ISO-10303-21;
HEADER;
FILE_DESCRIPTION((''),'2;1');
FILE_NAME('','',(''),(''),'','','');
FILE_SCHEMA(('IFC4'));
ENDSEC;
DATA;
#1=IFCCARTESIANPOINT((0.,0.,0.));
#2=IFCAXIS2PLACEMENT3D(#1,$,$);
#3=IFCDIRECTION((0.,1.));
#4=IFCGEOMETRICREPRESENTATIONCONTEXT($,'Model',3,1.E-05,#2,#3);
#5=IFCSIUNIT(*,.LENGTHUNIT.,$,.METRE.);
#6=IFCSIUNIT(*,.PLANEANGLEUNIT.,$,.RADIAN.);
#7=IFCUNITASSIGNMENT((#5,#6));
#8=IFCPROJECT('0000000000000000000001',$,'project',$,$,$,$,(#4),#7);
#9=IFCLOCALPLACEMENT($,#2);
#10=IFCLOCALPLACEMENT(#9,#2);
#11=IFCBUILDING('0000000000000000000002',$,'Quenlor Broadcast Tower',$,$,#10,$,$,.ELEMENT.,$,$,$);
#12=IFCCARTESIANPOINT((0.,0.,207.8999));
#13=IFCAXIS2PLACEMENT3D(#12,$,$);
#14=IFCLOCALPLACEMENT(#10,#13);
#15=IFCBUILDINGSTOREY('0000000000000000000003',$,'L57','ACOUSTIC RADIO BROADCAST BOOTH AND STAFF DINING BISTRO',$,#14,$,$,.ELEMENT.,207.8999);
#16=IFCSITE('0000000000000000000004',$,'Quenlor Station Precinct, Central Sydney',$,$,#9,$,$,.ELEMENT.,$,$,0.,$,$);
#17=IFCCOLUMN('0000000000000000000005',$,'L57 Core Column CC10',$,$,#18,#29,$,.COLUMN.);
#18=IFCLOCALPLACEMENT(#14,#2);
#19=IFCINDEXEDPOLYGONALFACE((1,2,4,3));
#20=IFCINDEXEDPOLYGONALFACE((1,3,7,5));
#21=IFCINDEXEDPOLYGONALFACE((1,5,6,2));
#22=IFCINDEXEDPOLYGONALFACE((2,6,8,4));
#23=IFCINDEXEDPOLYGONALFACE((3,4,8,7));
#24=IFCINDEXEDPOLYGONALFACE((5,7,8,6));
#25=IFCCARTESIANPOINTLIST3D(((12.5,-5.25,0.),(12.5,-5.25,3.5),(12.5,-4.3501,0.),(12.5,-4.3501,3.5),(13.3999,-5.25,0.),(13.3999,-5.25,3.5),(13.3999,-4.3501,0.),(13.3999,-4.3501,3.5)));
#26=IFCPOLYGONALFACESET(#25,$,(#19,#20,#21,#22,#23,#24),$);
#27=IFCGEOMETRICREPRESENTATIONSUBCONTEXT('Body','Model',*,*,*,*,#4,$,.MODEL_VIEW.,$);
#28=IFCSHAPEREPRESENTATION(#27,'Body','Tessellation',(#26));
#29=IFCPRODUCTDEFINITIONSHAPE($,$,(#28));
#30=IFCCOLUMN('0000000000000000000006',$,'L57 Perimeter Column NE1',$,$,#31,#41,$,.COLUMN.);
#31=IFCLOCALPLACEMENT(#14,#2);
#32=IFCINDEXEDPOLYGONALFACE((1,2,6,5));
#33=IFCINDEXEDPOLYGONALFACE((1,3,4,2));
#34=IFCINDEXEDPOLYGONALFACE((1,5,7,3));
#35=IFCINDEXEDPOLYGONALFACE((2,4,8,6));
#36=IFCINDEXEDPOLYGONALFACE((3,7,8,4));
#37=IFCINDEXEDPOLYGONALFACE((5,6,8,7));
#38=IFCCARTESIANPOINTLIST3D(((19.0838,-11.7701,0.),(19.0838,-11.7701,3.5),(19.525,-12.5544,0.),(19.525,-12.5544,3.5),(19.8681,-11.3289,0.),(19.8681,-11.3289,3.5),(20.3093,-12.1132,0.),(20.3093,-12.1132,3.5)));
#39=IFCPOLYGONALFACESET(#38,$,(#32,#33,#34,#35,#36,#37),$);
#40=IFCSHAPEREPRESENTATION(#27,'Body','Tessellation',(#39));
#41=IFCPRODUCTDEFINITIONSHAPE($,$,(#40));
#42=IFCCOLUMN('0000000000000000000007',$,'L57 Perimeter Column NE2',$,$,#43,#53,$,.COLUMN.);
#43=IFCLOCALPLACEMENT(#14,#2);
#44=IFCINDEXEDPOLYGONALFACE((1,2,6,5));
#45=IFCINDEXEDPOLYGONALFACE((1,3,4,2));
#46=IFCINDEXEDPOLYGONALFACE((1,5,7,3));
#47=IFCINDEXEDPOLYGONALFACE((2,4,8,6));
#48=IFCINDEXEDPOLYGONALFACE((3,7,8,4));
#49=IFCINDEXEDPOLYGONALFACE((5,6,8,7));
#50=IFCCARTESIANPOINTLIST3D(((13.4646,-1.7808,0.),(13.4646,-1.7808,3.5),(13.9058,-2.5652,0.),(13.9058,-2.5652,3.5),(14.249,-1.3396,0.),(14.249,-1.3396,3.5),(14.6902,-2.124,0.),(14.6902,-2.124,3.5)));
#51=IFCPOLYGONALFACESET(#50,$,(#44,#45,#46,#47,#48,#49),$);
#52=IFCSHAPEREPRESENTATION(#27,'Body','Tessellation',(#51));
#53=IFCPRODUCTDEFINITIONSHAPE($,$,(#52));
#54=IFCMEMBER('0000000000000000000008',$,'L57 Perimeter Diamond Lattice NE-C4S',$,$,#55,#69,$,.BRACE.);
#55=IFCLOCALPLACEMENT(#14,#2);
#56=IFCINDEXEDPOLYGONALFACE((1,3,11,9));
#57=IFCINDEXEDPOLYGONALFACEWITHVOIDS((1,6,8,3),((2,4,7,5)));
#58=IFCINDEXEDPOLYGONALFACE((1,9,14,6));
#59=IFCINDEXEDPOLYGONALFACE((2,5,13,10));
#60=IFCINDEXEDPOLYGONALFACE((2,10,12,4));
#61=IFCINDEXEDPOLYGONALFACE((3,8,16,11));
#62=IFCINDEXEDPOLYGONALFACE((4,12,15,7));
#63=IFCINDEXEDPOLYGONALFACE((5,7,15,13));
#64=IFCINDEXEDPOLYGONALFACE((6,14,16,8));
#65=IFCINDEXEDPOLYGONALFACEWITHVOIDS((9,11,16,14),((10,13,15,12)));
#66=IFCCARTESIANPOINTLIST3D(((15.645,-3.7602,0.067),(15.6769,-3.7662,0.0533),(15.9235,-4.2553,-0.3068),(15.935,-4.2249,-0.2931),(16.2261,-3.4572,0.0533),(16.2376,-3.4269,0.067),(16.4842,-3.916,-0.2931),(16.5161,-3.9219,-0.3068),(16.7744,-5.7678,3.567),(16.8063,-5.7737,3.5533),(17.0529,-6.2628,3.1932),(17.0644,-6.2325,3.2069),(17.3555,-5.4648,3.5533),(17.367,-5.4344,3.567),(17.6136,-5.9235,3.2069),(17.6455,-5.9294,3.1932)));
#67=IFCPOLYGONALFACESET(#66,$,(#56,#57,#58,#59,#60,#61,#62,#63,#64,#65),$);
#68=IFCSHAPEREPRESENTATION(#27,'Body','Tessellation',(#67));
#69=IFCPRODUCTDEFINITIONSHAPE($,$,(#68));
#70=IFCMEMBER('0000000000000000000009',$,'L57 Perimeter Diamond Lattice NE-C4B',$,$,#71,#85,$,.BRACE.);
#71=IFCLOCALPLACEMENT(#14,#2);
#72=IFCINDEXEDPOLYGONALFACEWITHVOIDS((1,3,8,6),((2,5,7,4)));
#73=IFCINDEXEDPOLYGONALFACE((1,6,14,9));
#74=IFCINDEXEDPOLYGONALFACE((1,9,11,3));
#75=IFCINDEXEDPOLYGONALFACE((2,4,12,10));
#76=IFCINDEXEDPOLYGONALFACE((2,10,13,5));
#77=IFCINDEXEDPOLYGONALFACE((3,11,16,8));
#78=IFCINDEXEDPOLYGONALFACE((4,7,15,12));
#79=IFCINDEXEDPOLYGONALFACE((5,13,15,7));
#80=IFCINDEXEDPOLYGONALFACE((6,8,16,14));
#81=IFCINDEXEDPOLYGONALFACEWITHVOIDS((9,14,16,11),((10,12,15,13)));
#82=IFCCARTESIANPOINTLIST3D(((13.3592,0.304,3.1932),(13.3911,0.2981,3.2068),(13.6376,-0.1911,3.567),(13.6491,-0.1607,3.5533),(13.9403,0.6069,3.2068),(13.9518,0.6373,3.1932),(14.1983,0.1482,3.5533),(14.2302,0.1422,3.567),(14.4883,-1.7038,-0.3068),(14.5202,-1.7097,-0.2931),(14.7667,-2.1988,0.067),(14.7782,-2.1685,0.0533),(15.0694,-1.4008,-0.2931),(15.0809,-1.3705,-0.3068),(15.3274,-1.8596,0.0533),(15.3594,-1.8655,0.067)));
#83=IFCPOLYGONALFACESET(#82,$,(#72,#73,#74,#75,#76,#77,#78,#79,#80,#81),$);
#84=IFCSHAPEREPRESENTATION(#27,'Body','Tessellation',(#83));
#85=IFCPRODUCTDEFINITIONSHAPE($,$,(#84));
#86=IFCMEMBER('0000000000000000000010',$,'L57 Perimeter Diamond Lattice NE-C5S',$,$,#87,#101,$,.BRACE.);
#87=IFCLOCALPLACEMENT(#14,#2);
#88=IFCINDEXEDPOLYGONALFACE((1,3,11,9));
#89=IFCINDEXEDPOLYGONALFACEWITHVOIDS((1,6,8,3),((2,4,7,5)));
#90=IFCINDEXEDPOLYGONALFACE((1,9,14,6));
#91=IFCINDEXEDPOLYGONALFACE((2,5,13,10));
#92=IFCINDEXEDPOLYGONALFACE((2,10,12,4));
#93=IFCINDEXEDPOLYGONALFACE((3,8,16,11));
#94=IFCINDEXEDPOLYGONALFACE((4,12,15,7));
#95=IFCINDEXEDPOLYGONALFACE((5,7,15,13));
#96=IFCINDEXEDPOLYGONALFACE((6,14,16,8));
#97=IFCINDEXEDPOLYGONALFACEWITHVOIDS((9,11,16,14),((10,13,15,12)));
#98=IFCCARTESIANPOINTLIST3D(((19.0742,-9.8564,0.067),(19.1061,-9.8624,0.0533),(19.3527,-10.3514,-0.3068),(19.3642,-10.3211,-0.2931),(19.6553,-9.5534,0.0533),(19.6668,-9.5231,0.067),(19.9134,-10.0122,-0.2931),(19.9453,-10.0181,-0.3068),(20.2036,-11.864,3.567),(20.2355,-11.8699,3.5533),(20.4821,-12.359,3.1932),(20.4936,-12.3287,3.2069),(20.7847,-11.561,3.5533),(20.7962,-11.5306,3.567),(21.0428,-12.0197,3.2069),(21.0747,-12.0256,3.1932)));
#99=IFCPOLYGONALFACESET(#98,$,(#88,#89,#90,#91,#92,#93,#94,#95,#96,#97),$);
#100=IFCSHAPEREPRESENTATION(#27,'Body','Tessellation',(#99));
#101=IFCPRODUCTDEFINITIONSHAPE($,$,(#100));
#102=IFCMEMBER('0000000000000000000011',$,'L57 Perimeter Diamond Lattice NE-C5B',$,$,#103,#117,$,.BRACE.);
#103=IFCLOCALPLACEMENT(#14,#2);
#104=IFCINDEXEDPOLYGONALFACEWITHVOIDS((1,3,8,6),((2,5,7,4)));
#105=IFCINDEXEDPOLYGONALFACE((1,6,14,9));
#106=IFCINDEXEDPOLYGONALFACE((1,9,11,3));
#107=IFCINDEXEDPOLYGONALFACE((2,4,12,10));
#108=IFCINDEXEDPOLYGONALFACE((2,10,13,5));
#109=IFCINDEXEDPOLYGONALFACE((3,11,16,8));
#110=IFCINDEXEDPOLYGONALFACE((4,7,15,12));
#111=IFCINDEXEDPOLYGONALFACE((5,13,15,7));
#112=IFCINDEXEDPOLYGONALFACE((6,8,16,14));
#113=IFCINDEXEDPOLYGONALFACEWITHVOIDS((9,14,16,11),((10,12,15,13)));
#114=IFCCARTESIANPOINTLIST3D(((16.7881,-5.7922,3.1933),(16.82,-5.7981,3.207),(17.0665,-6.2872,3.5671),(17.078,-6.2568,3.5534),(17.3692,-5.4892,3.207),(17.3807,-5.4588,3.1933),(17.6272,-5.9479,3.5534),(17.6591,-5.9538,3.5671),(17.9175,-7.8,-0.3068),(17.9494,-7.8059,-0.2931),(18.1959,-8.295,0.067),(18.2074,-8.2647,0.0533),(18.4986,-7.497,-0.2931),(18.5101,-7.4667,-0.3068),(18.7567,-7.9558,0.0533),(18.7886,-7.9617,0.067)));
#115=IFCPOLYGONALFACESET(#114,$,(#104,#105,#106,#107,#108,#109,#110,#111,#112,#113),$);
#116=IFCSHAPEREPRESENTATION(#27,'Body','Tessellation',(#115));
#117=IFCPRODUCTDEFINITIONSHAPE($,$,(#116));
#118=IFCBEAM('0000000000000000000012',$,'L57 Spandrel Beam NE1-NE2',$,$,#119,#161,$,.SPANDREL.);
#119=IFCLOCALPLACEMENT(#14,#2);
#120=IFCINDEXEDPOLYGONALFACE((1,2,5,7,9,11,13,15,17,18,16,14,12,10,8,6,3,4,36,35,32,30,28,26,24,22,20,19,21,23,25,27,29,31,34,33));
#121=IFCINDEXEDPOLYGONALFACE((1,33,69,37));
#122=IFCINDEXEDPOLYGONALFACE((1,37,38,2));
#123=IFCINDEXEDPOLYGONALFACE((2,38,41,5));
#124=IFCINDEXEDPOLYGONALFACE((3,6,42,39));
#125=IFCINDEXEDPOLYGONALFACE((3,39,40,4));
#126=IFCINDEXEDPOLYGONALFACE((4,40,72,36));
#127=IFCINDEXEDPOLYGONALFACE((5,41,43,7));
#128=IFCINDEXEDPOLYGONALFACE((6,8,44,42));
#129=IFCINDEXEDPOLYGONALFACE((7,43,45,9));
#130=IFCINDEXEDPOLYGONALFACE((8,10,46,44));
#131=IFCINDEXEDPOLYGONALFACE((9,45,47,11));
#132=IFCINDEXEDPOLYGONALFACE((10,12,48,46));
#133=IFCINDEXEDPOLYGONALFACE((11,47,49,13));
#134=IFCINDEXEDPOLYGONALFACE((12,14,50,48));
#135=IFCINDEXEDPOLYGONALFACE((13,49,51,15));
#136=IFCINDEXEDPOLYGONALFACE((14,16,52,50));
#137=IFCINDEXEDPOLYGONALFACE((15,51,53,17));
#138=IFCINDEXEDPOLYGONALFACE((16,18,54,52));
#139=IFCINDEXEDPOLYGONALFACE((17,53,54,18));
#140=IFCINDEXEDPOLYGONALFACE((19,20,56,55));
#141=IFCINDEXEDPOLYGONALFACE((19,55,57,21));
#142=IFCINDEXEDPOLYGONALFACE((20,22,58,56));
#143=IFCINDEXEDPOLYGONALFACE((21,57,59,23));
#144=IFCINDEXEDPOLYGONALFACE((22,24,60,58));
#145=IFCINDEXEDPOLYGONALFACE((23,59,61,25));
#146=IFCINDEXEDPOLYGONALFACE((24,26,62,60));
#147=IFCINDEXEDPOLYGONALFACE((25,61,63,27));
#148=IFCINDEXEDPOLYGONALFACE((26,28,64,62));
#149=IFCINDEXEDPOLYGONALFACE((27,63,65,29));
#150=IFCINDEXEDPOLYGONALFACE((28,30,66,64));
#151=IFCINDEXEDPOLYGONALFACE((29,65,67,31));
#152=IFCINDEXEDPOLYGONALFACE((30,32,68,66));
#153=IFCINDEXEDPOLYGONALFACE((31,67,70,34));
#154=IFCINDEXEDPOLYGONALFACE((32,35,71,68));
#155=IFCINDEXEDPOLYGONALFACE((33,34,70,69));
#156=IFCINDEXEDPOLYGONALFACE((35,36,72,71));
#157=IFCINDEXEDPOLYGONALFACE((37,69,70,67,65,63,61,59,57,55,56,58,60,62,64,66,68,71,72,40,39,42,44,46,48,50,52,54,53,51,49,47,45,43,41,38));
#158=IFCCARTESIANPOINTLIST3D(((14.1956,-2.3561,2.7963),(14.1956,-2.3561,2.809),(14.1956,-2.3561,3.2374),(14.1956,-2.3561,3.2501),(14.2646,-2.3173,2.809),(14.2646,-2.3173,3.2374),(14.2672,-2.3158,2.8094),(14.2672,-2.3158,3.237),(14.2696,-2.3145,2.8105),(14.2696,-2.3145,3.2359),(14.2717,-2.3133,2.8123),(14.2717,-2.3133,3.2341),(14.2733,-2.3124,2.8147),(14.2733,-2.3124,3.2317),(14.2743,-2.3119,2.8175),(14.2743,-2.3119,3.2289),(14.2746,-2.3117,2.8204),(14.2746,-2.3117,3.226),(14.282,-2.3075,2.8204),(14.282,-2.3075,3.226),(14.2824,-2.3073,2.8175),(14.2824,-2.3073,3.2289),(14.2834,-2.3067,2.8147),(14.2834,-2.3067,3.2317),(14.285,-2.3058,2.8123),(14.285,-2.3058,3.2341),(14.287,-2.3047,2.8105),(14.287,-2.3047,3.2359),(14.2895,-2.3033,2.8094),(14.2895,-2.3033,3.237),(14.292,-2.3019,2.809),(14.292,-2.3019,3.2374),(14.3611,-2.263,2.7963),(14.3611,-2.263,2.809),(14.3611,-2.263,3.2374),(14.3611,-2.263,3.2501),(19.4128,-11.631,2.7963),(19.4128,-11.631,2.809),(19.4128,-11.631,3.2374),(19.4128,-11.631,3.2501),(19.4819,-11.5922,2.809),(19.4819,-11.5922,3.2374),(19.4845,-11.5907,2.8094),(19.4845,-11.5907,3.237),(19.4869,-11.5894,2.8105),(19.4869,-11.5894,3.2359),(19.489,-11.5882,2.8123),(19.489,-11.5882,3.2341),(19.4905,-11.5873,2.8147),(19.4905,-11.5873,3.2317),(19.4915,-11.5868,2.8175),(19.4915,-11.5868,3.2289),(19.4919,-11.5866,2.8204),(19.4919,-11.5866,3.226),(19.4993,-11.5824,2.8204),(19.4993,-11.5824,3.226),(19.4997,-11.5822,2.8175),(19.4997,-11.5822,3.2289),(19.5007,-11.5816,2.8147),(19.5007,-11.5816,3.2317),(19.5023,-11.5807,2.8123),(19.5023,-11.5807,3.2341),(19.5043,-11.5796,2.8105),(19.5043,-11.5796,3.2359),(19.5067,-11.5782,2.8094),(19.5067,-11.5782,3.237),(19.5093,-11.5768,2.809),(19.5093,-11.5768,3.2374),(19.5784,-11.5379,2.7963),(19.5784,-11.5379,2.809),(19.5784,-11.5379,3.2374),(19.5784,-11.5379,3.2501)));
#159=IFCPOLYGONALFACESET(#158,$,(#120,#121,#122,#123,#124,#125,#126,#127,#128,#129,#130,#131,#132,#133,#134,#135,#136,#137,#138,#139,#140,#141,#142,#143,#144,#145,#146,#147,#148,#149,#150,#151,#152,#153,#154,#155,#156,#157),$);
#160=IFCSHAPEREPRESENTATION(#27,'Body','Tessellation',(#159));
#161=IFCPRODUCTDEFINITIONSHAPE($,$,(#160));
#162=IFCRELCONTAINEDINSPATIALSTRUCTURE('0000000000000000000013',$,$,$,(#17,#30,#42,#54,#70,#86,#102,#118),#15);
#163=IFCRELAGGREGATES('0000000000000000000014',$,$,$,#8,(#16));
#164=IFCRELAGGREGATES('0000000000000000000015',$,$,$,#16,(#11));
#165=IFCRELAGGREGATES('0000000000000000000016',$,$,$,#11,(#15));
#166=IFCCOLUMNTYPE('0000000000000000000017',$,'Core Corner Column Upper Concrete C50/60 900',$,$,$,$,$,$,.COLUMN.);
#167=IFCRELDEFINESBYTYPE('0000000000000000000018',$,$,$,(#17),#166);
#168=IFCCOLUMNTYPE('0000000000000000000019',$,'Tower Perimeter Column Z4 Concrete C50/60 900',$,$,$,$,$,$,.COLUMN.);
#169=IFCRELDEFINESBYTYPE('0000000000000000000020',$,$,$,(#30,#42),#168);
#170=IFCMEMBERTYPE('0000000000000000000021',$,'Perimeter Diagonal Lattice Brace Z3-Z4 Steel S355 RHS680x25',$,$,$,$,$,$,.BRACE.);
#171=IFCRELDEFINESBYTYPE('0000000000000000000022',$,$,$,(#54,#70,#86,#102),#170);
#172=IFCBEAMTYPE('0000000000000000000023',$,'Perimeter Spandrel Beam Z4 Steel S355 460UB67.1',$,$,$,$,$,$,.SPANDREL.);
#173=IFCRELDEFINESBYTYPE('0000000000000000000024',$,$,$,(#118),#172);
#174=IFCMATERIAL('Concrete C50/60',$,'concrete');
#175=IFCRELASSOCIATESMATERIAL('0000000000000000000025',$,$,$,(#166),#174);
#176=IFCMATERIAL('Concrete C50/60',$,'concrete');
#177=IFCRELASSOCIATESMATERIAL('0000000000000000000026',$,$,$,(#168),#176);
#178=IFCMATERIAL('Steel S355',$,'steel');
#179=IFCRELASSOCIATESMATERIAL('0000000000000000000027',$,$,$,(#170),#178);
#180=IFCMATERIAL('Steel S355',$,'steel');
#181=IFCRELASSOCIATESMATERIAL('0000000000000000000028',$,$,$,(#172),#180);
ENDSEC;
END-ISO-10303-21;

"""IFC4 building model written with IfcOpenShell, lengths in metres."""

from ifc_helpers import new_model, si_unit, direction, frame, origin, origin_2d, place, context, subcontext, project, spatial, rectangle, hollow_rectangle, i_section, extrude, material, material_profile, profile_set, type_object, element, save


model = new_model("IFC4")

# Units and contexts
model_context = context("Model", 3, precision=1e-05, world=origin(), true_north=direction((0.0, 1.0)))
body_context = subcontext(model_context, "Body", "Model", "MODEL_VIEW")
ifc_project = project(units=[si_unit("LENGTHUNIT", "METRE"), si_unit("PLANEANGLEUNIT", "RADIAN")], contexts=[model_context])

# Site, building, storey
site_placement = place(None, origin())
site = spatial("IfcSite", under=ifc_project, at=site_placement, Name="Quenlor Station Precinct, Central Sydney", CompositionType="ELEMENT", RefElevation=0.0)
building_placement = place(site_placement, origin())
building = spatial("IfcBuilding", under=site, at=building_placement, Name="Quenlor Broadcast Tower", CompositionType="ELEMENT")
storey_placement = place(building_placement, frame((0.0, 0.0, 207.8999)))
storey = spatial("IfcBuildingStorey", under=building, at=storey_placement, Name="L57", Description="ACOUSTIC RADIO BROADCAST BOOTH AND STAFF DINING BISTRO", CompositionType="ELEMENT", Elevation=207.8999)

# Columns
ifc_material_1 = material(Name="Concrete C50/60", Category="concrete")
ifc_material_profile_1 = material_profile(ifc_material_1, rectangle(XDim=0.8999, YDim=0.8999, at=origin_2d()))
ifc_profile_set_1 = profile_set([ifc_material_profile_1], Name="Concrete C50/60 RC900x900")
column_type_1 = type_object("IfcColumnType", Name="Core Corner Column Upper Concrete C50/60 900", PredefinedType="COLUMN", material=ifc_profile_set_1)
column_placement = place(storey_placement, frame((12.95, -4.8, 0.0), z_axis=(0.0, 0.0, 1.0), x_axis=(1.0, 0.0, 0.0)))
element("IfcColumn", 1, at=column_placement, inside=storey, type_object=column_type_1, Name="L57 Core Column CC10", PredefinedType="COLUMN", context=body_context, shape_type="SweptSolid", body=[
    extrude(rectangle(XDim=0.8999, YDim=0.8999, at=origin_2d()), origin(), (0.0, 0.0, 1.0), 3.5),
])
ifc_material_2 = material(Name="Concrete C50/60", Category="concrete")
ifc_material_profile_2 = material_profile(ifc_material_2, rectangle(XDim=0.8999, YDim=0.8999, at=origin_2d()))
ifc_profile_set_2 = profile_set([ifc_material_profile_2], Name="Concrete C50/60 RC900x900")
column_type_2 = type_object("IfcColumnType", Name="Tower Perimeter Column Z4 Concrete C50/60 900", PredefinedType="COLUMN", material=ifc_profile_set_2)
for number, where, z_axis, x_axis, name in (
    (2, (19.6965, -11.9417, 0.0), (0.0, 0.0, 1.0), (0.871575, 0.490262, 0.0), "L57 Perimeter Column NE1"),
    (3, (14.0774, -1.9524, 0.0), (0.0, 0.0, 1.0), (0.871575, 0.490262, 0.0), "L57 Perimeter Column NE2"),
):
    element("IfcColumn", number, at=place(storey_placement, frame(where, z_axis=z_axis, x_axis=x_axis)), inside=storey, type_object=column_type_2, Name=name, PredefinedType="COLUMN", context=body_context, shape_type="SweptSolid", body=[
        extrude(rectangle(XDim=0.8999, YDim=0.8999, at=origin_2d()), origin(), (0.0, 0.0, 1.0), 3.5),
    ])

# Members
ifc_material_3 = material(Name="Steel S355", Category="steel")
ifc_material_profile_3 = material_profile(ifc_material_3, hollow_rectangle(XDim=0.6799, YDim=0.6799, WallThickness=0.0249, at=origin_2d()))
ifc_profile_set_3 = profile_set([ifc_material_profile_3], Name="Steel S355 RHS680x680x25")
member_type = type_object("IfcMemberType", Name="Perimeter Diagonal Lattice Brace Z3-Z4 Steel S355 RHS680x25", PredefinedType="BRACE", material=ifc_profile_set_3)
for number, where, z_axis, x_axis, name in (
    (4, (16.0806, -3.8411, -0.1199), (0.269547, -0.479136, 0.835328), (0.87155, 0.490307, 0.0), "L57 Perimeter Diamond Lattice NE-C4S"),
    (5, (14.9238, -1.7847, -0.1199), (-0.269485, 0.479189, 0.835318), (-0.871621, -0.490181, 0.0), "L57 Perimeter Diamond Lattice NE-C4B"),
    (6, (19.5098, -9.9373, -0.1199), (0.269547, -0.479136, 0.835328), (0.87155, 0.490307, 0.0), "L57 Perimeter Diamond Lattice NE-C5S"),
):
    element("IfcMember", number, at=place(storey_placement, frame(where, z_axis=z_axis, x_axis=x_axis)), inside=storey, type_object=member_type, Name=name, PredefinedType="BRACE", context=body_context, shape_type="SweptSolid", body=[
        extrude(hollow_rectangle(XDim=0.6799, YDim=0.6799, WallThickness=0.0249, at=origin_2d()), origin(), (0.0, 0.0, 1.0), 4.1899),
    ])
member_placement = place(storey_placement, frame((18.353, -7.8809, -0.1199), z_axis=(-0.26954, 0.479181, 0.835305), x_axis=(-0.871576, -0.490261, 0.0)))
element("IfcMember", 7, at=member_placement, inside=storey, type_object=member_type, Name="L57 Perimeter Diamond Lattice NE-C5B", PredefinedType="BRACE", context=body_context, shape_type="SweptSolid", body=[
    extrude(hollow_rectangle(XDim=0.6799, YDim=0.6799, WallThickness=0.0249, at=origin_2d()), origin(), (0.0, 0.0, 1.0), 4.1902),
])

# Beam
ifc_material_4 = material(Name="Steel S355", Category="steel")
ifc_material_profile_4 = material_profile(ifc_material_4, i_section(OverallWidth=0.1899, OverallDepth=0.4539, WebThickness=0.0085, FlangeThickness=0.0127, FilletRadius=0.0115, at=origin_2d()))
ifc_profile_set_4 = profile_set([ifc_material_profile_4], Name="Steel S355 460UB67.1")
beam_type_1 = type_object("IfcBeamType", Name="Perimeter Spandrel Beam Z4 Steel S355 460UB67.1", PredefinedType="SPANDREL", material=ifc_profile_set_4)
beam_1_placement = place(storey_placement, frame((19.4956, -11.5845, 3.0232), z_axis=(-0.490272, 0.871569, 0.0), x_axis=(-0.871569, -0.490272, 0.0)))
element("IfcBeam", 8, at=beam_1_placement, inside=storey, type_object=beam_type_1, Name="L57 Spandrel Beam NE1-NE2", PredefinedType="SPANDREL", context=body_context, shape_type="SweptSolid", body=[
    extrude(i_section(OverallWidth=0.1899, OverallDepth=0.4539, WebThickness=0.0085, FlangeThickness=0.0127, FilletRadius=0.0115, at=origin_2d()), origin(), (0.0, 0.0, 1.0), 10.6416),
])

save(model, "model.ifc")
